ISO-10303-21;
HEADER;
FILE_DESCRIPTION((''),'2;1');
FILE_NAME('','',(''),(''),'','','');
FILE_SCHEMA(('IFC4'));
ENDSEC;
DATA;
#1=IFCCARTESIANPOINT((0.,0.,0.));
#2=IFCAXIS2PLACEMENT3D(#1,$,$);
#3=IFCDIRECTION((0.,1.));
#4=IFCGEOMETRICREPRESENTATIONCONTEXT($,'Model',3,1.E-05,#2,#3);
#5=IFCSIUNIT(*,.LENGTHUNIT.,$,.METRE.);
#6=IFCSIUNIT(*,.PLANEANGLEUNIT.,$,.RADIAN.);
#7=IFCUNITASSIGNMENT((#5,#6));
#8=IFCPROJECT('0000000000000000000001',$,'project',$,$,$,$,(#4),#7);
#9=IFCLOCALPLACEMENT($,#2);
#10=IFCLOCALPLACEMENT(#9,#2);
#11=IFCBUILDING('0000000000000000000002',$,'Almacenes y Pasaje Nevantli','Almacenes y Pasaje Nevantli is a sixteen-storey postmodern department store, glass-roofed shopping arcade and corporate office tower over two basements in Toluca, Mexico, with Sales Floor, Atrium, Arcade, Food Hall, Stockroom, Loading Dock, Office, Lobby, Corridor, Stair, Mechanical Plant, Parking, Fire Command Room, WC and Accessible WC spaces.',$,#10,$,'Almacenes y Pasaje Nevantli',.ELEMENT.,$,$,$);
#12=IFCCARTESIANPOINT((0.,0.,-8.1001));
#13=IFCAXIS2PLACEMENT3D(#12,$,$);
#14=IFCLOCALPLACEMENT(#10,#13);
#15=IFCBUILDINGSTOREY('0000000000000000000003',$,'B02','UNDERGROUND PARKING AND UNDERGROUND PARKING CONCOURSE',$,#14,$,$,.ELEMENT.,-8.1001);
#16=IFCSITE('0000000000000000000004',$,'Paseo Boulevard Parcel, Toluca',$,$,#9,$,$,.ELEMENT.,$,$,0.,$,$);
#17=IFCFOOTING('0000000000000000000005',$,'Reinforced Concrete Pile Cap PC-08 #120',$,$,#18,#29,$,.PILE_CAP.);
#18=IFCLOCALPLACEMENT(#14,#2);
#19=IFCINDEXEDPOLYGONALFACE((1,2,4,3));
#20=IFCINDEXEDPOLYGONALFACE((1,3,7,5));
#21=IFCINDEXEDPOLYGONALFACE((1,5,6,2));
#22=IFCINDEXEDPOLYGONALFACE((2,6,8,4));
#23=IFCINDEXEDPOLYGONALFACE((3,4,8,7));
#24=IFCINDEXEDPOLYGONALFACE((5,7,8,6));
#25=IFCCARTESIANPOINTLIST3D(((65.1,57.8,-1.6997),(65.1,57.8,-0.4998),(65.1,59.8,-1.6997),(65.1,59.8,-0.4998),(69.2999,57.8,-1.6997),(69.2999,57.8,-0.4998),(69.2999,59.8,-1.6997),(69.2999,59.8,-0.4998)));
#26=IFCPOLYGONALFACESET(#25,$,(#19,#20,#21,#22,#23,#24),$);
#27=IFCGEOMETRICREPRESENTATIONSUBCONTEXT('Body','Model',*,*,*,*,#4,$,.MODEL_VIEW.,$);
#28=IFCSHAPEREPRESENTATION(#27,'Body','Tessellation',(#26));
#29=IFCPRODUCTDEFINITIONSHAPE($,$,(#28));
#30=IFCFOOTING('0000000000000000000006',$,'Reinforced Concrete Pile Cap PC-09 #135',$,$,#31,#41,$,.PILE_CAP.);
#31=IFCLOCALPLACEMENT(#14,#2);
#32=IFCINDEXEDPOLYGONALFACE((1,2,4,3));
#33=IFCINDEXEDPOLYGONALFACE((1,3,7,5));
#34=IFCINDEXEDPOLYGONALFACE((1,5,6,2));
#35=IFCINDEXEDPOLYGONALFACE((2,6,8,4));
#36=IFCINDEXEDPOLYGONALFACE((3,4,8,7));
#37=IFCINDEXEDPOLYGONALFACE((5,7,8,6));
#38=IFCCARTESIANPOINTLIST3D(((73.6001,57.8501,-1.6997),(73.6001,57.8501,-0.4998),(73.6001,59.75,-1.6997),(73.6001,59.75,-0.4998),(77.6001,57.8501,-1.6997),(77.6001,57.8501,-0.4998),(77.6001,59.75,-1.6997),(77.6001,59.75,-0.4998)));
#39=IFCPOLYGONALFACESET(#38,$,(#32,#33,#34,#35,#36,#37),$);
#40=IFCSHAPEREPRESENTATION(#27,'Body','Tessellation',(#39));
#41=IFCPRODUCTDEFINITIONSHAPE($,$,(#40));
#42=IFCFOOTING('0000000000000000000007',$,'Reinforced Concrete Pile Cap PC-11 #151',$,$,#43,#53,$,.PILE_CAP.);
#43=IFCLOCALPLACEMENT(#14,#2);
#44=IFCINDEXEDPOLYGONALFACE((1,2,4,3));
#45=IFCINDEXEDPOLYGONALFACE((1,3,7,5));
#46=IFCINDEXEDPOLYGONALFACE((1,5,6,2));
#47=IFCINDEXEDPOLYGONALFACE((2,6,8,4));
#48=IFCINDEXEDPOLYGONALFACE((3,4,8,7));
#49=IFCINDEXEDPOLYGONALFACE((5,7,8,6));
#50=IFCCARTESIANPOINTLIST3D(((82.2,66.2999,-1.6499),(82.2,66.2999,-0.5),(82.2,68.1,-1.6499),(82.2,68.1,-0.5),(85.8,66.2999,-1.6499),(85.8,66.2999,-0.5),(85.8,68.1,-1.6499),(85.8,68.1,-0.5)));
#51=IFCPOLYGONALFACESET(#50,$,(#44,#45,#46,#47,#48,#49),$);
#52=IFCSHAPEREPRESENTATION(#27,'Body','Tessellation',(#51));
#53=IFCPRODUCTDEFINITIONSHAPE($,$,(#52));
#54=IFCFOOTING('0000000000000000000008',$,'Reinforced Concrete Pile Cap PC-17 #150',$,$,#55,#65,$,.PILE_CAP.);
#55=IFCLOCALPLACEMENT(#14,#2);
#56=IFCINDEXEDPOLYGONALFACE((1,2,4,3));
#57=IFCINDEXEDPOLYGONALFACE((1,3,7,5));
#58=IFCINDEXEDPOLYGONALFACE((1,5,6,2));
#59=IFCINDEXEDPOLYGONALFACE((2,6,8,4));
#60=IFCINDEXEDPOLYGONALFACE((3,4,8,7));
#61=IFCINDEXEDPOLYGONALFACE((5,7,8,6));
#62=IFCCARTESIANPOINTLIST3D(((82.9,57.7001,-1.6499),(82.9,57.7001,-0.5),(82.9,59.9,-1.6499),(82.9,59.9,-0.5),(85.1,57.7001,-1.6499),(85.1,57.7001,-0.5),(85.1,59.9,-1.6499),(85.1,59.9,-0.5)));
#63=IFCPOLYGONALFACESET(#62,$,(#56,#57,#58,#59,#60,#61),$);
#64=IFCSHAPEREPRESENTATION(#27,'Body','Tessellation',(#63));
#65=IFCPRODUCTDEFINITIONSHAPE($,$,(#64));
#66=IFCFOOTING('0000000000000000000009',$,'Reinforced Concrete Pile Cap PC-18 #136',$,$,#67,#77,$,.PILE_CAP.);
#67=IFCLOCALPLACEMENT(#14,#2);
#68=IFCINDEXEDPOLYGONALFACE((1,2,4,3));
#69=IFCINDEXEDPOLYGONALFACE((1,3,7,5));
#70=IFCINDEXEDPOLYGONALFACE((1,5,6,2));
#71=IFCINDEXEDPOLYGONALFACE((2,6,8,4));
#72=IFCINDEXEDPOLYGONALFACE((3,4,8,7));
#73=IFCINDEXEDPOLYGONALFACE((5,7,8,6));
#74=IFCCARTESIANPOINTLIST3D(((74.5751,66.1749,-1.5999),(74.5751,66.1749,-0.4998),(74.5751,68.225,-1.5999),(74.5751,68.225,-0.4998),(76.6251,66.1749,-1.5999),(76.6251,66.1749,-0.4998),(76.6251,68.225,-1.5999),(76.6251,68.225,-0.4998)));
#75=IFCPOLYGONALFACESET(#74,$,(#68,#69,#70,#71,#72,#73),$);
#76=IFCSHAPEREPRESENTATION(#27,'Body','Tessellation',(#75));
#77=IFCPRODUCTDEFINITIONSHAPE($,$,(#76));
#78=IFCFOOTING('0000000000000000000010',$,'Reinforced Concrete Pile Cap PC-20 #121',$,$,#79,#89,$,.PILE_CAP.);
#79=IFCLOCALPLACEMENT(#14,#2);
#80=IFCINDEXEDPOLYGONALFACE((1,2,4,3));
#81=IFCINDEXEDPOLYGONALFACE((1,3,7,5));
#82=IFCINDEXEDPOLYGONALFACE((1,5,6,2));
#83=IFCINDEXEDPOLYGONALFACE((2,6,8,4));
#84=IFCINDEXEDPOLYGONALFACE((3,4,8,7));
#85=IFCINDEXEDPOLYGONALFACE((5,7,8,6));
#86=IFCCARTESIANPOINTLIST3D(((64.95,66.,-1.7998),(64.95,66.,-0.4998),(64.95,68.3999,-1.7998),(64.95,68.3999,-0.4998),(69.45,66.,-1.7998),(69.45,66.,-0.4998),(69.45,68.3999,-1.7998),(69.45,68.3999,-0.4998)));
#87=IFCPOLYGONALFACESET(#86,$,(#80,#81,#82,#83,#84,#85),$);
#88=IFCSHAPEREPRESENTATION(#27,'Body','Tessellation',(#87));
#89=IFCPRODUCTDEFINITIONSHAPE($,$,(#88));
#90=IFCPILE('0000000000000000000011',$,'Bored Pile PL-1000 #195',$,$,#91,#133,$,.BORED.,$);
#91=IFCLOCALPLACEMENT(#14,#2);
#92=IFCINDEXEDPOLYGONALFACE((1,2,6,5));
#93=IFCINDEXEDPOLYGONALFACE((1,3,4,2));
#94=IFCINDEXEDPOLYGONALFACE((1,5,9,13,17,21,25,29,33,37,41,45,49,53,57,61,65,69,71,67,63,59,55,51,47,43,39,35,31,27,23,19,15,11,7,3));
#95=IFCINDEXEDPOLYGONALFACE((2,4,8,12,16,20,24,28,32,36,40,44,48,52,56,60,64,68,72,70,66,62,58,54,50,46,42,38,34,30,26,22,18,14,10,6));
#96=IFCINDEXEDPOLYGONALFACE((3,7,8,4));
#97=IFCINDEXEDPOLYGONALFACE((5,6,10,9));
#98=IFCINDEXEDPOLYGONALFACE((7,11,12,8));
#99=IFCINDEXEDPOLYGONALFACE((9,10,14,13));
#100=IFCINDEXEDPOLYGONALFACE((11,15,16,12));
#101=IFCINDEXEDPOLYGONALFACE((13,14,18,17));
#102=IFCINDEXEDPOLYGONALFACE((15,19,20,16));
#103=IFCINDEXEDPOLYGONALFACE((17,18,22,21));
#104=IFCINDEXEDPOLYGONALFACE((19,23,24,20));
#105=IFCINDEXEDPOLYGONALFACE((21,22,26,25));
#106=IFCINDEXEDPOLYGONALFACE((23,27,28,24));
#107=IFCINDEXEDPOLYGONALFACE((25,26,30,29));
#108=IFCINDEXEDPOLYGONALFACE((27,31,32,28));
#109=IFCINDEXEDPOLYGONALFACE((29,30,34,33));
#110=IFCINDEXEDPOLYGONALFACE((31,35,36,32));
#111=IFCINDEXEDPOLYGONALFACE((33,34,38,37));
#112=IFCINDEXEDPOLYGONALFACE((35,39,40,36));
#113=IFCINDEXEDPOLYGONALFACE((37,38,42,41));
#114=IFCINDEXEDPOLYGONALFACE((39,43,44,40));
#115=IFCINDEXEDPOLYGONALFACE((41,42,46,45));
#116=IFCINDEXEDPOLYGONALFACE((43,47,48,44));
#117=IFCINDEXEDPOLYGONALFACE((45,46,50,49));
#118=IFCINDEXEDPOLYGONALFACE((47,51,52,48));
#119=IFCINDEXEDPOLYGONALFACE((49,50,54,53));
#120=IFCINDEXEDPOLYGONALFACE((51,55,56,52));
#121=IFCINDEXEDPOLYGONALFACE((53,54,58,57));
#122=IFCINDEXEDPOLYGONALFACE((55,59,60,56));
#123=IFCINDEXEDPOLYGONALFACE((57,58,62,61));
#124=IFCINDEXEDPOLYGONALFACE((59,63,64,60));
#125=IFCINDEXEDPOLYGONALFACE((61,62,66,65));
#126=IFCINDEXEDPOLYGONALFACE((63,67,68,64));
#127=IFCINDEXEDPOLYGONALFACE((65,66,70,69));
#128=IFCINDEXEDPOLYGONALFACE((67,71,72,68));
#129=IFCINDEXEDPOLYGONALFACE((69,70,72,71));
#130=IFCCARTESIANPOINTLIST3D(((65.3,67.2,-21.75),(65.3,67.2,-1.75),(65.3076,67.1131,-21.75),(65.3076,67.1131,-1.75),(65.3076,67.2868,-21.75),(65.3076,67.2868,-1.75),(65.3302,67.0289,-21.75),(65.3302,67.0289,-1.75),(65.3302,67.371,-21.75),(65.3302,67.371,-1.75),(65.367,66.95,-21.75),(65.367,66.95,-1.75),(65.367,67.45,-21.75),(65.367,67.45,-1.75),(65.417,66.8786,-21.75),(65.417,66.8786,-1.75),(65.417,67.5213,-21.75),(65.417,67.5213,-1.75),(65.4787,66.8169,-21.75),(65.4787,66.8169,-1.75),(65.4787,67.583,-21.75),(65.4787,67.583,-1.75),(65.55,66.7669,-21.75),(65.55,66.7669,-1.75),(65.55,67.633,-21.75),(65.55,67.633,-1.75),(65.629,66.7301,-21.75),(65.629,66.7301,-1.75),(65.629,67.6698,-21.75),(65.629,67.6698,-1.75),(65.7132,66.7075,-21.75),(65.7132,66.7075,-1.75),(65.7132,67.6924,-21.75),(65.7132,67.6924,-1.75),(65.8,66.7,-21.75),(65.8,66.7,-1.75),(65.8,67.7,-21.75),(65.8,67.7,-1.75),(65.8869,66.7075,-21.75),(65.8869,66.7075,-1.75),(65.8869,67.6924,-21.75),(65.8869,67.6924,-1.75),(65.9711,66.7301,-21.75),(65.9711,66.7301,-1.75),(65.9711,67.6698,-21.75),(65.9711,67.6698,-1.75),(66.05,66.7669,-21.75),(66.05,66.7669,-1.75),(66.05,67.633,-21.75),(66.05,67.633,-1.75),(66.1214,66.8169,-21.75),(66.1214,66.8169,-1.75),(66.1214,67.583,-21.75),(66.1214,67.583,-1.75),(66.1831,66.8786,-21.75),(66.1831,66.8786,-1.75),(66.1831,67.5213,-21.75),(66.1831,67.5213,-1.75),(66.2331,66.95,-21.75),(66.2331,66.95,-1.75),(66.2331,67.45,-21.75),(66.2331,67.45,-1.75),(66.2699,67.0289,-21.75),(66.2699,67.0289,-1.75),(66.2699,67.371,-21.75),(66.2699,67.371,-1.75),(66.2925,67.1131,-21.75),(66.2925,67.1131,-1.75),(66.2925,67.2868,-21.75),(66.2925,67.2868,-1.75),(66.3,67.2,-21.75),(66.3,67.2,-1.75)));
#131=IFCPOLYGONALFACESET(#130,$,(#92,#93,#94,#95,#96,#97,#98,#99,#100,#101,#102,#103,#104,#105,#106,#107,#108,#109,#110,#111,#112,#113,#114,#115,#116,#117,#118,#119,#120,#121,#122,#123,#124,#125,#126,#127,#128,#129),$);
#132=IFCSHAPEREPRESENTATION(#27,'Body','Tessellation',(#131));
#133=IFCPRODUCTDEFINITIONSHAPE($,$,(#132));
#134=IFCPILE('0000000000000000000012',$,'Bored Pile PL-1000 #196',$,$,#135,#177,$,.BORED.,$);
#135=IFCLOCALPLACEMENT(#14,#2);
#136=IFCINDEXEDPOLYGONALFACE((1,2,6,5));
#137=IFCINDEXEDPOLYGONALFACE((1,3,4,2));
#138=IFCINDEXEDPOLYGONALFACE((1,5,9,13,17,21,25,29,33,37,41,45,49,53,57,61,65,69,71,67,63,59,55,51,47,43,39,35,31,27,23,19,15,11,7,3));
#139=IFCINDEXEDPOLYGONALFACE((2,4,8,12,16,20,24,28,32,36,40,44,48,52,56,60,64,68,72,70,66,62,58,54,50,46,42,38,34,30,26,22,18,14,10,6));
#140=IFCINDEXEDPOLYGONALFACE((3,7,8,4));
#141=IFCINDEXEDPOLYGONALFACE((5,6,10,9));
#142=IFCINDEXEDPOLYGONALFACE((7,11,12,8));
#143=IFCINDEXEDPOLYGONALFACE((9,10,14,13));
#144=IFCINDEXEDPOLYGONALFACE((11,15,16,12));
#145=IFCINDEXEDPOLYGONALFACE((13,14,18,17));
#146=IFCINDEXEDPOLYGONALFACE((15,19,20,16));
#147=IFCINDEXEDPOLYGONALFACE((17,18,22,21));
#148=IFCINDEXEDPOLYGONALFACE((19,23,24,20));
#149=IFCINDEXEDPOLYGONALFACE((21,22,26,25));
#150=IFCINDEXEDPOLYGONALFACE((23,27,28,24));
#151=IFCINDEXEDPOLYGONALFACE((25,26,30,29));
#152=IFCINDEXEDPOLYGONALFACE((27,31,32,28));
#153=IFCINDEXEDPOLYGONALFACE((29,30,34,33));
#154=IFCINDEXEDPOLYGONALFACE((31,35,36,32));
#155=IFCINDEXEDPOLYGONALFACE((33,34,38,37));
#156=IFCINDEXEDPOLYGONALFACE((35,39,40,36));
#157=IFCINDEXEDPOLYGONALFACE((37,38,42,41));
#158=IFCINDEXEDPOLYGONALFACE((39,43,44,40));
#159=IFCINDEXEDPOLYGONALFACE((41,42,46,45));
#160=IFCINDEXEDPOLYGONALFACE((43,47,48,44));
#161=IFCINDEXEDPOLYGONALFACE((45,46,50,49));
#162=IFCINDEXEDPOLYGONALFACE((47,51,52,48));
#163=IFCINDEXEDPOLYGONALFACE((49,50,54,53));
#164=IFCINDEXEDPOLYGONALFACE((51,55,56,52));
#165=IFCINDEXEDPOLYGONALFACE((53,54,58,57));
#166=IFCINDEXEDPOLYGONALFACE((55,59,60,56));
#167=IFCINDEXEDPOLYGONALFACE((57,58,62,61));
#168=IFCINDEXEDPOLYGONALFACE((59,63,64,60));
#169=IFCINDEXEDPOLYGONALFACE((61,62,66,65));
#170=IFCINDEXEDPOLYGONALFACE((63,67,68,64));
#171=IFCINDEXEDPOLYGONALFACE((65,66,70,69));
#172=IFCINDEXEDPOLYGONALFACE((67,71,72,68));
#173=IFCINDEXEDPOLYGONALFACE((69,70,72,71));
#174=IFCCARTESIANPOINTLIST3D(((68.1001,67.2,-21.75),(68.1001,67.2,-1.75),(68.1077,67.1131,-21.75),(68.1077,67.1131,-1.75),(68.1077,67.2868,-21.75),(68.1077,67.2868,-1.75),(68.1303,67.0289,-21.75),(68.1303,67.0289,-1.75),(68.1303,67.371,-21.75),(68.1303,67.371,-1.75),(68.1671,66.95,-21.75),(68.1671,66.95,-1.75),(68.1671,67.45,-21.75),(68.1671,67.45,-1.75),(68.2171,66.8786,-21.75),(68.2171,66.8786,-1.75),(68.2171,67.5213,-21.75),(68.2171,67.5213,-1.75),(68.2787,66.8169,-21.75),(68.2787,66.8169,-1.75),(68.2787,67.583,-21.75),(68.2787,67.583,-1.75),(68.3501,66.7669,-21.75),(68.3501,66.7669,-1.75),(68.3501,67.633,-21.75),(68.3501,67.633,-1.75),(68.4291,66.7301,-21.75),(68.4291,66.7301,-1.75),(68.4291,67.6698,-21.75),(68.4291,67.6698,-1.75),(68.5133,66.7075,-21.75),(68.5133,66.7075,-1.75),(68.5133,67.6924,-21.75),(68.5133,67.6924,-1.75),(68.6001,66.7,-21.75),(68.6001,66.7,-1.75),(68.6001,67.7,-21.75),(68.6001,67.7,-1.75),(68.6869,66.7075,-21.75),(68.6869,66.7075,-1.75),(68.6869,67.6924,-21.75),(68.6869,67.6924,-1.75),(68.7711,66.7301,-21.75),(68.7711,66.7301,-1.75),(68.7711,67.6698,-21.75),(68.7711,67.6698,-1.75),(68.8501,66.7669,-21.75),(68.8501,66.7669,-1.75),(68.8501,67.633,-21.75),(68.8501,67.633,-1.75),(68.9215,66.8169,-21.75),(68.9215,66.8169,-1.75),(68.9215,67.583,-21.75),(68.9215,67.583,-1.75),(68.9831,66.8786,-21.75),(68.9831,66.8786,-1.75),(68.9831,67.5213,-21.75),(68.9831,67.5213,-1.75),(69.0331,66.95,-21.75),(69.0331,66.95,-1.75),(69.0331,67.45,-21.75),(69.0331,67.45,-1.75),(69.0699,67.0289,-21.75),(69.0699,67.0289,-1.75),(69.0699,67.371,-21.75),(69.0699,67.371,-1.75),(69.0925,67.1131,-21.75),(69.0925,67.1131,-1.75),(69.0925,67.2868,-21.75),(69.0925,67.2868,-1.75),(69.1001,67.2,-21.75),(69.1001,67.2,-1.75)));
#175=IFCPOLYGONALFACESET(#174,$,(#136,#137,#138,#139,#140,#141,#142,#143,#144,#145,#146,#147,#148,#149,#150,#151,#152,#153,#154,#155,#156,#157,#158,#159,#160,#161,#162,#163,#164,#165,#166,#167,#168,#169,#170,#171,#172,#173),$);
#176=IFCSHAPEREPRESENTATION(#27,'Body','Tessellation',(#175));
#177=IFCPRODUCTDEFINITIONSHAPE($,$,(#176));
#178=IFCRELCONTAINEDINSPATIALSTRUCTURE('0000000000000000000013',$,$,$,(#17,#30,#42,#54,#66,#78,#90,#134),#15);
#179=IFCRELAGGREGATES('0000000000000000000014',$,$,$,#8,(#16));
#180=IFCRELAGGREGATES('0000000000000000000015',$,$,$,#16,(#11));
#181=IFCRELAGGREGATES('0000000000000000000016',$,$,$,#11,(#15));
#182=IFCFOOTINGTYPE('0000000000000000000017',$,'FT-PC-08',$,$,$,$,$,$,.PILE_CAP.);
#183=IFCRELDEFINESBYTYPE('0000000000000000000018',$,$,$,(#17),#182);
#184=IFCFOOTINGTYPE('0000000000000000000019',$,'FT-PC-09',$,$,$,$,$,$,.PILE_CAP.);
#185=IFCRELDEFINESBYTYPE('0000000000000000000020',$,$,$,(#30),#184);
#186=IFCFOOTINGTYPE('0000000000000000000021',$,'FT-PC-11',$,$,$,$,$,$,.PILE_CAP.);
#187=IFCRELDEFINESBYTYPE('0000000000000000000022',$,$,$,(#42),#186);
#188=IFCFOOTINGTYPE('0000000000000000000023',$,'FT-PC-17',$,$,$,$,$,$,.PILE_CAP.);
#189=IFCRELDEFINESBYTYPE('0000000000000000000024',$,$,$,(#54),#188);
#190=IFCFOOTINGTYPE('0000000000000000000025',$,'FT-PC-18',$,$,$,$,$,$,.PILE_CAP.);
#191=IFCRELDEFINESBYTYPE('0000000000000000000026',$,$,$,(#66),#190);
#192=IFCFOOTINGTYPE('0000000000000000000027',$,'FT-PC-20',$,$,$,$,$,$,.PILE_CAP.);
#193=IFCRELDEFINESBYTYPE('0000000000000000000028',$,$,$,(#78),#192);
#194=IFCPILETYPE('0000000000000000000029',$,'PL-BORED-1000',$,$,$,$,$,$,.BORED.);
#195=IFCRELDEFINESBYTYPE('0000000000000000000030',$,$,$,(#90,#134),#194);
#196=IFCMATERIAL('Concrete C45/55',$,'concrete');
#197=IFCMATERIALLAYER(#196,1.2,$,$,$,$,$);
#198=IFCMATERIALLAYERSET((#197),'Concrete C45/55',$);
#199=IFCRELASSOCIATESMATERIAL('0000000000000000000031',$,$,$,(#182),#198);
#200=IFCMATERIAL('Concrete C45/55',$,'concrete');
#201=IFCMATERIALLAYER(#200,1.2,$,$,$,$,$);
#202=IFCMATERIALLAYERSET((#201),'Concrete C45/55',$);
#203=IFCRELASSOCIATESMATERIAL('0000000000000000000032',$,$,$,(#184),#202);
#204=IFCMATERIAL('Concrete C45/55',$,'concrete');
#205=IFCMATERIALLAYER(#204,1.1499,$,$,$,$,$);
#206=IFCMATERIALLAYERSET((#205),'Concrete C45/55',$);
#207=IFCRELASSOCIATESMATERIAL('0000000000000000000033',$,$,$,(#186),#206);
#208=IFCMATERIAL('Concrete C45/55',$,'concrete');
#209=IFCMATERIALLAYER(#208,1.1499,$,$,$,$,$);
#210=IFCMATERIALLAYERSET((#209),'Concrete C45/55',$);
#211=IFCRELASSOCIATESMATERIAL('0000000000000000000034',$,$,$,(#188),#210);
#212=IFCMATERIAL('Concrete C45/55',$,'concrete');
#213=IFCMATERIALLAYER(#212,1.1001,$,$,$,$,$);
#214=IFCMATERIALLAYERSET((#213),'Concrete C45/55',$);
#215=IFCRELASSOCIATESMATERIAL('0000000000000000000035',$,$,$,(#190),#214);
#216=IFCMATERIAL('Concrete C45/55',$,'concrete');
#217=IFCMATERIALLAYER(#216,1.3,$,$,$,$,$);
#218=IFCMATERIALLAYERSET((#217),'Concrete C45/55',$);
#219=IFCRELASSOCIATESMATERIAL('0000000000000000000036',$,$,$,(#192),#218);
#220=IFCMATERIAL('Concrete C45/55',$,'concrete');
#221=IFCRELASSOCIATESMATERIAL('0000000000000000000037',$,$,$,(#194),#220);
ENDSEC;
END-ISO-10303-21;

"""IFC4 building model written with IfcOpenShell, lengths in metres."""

from ifc_helpers import new_model, si_unit, direction, frame, origin, origin_2d, place, context, subcontext, project, spatial, rectangle, circle, extrude, material, layer, layer_set, material_profile, profile_set, type_object, element, save


model = new_model("IFC4")

# Units and contexts
model_context = context("Model", 3, precision=1e-05, world=origin(), true_north=direction((0.0, 1.0)))
body_context = subcontext(model_context, "Body", "Model", "MODEL_VIEW")
ifc_project = project(units=[si_unit("LENGTHUNIT", "METRE"), si_unit("PLANEANGLEUNIT", "RADIAN")], contexts=[model_context])

# Site, building, storey
site_placement = place(None, origin())
site = spatial("IfcSite", under=ifc_project, at=site_placement, Name="Paseo Boulevard Parcel, Toluca", CompositionType="ELEMENT", RefElevation=0.0)
building_placement = place(site_placement, origin())
building = spatial("IfcBuilding", under=site, at=building_placement, Name="Almacenes y Pasaje Nevantli", Description="Almacenes y Pasaje Nevantli is a sixteen-storey postmodern department store, glass-roofed shopping arcade and corporate office tower over two basements in Toluca, Mexico, with Sales Floor, Atrium, Arcade, Food Hall, Stockroom, Loading Dock, Office, Lobby, Corridor, Stair, Mechanical Plant, Parking, Fire Command Room, WC and Accessible WC spaces.", LongName="Almacenes y Pasaje Nevantli", CompositionType="ELEMENT")
storey_placement = place(building_placement, frame((0.0, 0.0, -8.1001)))
storey = spatial("IfcBuildingStorey", under=building, at=storey_placement, Name="B02", Description="UNDERGROUND PARKING AND UNDERGROUND PARKING CONCOURSE", CompositionType="ELEMENT", Elevation=-8.1001)

# Footings
ifc_material_1 = material(Name="Concrete C45/55", Category="concrete")
ifc_layer_1 = layer(ifc_material_1, 1.2)
ifc_layer_set_1 = layer_set([ifc_layer_1], Name="Concrete C45/55")
footing_type_1 = type_object("IfcFootingType", Name="FT-PC-08", PredefinedType="PILE_CAP", material=ifc_layer_set_1)
footing_1_placement = place(storey_placement, frame((67.2, 58.8, -1.6997), z_axis=(0.0, 0.0, 1.0), x_axis=(1.0, 0.0, 0.0)))
element("IfcFooting", 1, at=footing_1_placement, inside=storey, type_object=footing_type_1, Name="Reinforced Concrete Pile Cap PC-08 #120", PredefinedType="PILE_CAP", context=body_context, shape_type="SweptSolid", body=[
    extrude(rectangle(XDim=4.2, YDim=2.0, at=origin_2d()), origin(), (0.0, 0.0, 1.0), 1.2),
])
ifc_material_2 = material(Name="Concrete C45/55", Category="concrete")
ifc_layer_2 = layer(ifc_material_2, 1.2)
ifc_layer_set_2 = layer_set([ifc_layer_2], Name="Concrete C45/55")
footing_type_2 = type_object("IfcFootingType", Name="FT-PC-09", PredefinedType="PILE_CAP", material=ifc_layer_set_2)
footing_2_placement = place(storey_placement, frame((75.6001, 58.8, -1.6997), z_axis=(0.0, 0.0, 1.0), x_axis=(1.0, 0.0, 0.0)))
element("IfcFooting", 2, at=footing_2_placement, inside=storey, type_object=footing_type_2, Name="Reinforced Concrete Pile Cap PC-09 #135", PredefinedType="PILE_CAP", context=body_context, shape_type="SweptSolid", body=[
    extrude(rectangle(XDim=4.0, YDim=1.8999, at=origin_2d()), origin(), (0.0, 0.0, 1.0), 1.2),
])
ifc_material_3 = material(Name="Concrete C45/55", Category="concrete")
ifc_layer_3 = layer(ifc_material_3, 1.1499)
ifc_layer_set_3 = layer_set([ifc_layer_3], Name="Concrete C45/55")
footing_type_3 = type_object("IfcFootingType", Name="FT-PC-11", PredefinedType="PILE_CAP", material=ifc_layer_set_3)
footing_3_placement = place(storey_placement, frame((84.0, 67.2, -1.6499), z_axis=(0.0, 0.0, 1.0), x_axis=(1.0, 0.0, 0.0)))
element("IfcFooting", 3, at=footing_3_placement, inside=storey, type_object=footing_type_3, Name="Reinforced Concrete Pile Cap PC-11 #151", PredefinedType="PILE_CAP", context=body_context, shape_type="SweptSolid", body=[
    extrude(rectangle(XDim=3.6001, YDim=1.8, at=origin_2d()), origin(), (0.0, 0.0, 1.0), 1.1499),
])
ifc_material_4 = material(Name="Concrete C45/55", Category="concrete")
ifc_layer_4 = layer(ifc_material_4, 1.1499)
ifc_layer_set_4 = layer_set([ifc_layer_4], Name="Concrete C45/55")
footing_type_4 = type_object("IfcFootingType", Name="FT-PC-17", PredefinedType="PILE_CAP", material=ifc_layer_set_4)
footing_4_placement = place(storey_placement, frame((84.0, 58.8, -1.6499), z_axis=(0.0, 0.0, 1.0), x_axis=(1.0, 0.0, 0.0)))
element("IfcFooting", 4, at=footing_4_placement, inside=storey, type_object=footing_type_4, Name="Reinforced Concrete Pile Cap PC-17 #150", PredefinedType="PILE_CAP", context=body_context, shape_type="SweptSolid", body=[
    extrude(rectangle(XDim=2.2, YDim=2.2, at=origin_2d()), origin(), (0.0, 0.0, 1.0), 1.1499),
])
ifc_material_5 = material(Name="Concrete C45/55", Category="concrete")
ifc_layer_5 = layer(ifc_material_5, 1.1001)
ifc_layer_set_5 = layer_set([ifc_layer_5], Name="Concrete C45/55")
footing_type_5 = type_object("IfcFootingType", Name="FT-PC-18", PredefinedType="PILE_CAP", material=ifc_layer_set_5)
footing_5_placement = place(storey_placement, frame((75.6001, 67.2, -1.5999), z_axis=(0.0, 0.0, 1.0), x_axis=(1.0, 0.0, 0.0)))
element("IfcFooting", 5, at=footing_5_placement, inside=storey, type_object=footing_type_5, Name="Reinforced Concrete Pile Cap PC-18 #136", PredefinedType="PILE_CAP", context=body_context, shape_type="SweptSolid", body=[
    extrude(rectangle(XDim=2.05, YDim=2.05, at=origin_2d()), origin(), (0.0, 0.0, 1.0), 1.1001),
])
ifc_material_6 = material(Name="Concrete C45/55", Category="concrete")
ifc_layer_6 = layer(ifc_material_6, 1.3)
ifc_layer_set_6 = layer_set([ifc_layer_6], Name="Concrete C45/55")
footing_type_6 = type_object("IfcFootingType", Name="FT-PC-20", PredefinedType="PILE_CAP", material=ifc_layer_set_6)
footing_6_placement = place(storey_placement, frame((67.2, 67.2, -1.7998), z_axis=(0.0, 0.0, 1.0), x_axis=(1.0, 0.0, 0.0)))
element("IfcFooting", 6, at=footing_6_placement, inside=storey, type_object=footing_type_6, Name="Reinforced Concrete Pile Cap PC-20 #121", PredefinedType="PILE_CAP", context=body_context, shape_type="SweptSolid", body=[
    extrude(rectangle(XDim=4.5, YDim=2.3999, at=origin_2d()), origin(), (0.0, 0.0, 1.0), 1.3),
])

# Piles
ifc_material_7 = material(Name="Concrete C45/55", Category="concrete")
ifc_material_profile_1 = material_profile(ifc_material_7, circle(Radius=0.5, at=origin_2d()), Name="RC-PILE-D1000")
ifc_profile_set_1 = profile_set([ifc_material_profile_1], Name="Concrete C45/55")
pile_type_1 = type_object("IfcPileType", Name="PL-BORED-1000", PredefinedType="BORED", material=ifc_profile_set_1)
for number, where, z_axis, x_axis, name in (
    (7, (65.8, 67.2, -1.75), (0.0, 0.0, -1.0), (1.0, 0.0, 0.0), "Bored Pile PL-1000 #195"),
    (8, (68.6001, 67.2, -1.75), (0.0, 0.0, -1.0), (1.0, 0.0, 0.0), "Bored Pile PL-1000 #196"),
):
    element("IfcPile", number, at=place(storey_placement, frame(where, z_axis=z_axis, x_axis=x_axis)), inside=storey, type_object=pile_type_1, Name=name, PredefinedType="BORED", context=body_context, shape_type="SweptSolid", body=[
        extrude(circle(Radius=0.5, at=origin_2d()), origin(), (0.0, 0.0, 1.0), 20.0),
    ])

save(model, "model.ifc")
